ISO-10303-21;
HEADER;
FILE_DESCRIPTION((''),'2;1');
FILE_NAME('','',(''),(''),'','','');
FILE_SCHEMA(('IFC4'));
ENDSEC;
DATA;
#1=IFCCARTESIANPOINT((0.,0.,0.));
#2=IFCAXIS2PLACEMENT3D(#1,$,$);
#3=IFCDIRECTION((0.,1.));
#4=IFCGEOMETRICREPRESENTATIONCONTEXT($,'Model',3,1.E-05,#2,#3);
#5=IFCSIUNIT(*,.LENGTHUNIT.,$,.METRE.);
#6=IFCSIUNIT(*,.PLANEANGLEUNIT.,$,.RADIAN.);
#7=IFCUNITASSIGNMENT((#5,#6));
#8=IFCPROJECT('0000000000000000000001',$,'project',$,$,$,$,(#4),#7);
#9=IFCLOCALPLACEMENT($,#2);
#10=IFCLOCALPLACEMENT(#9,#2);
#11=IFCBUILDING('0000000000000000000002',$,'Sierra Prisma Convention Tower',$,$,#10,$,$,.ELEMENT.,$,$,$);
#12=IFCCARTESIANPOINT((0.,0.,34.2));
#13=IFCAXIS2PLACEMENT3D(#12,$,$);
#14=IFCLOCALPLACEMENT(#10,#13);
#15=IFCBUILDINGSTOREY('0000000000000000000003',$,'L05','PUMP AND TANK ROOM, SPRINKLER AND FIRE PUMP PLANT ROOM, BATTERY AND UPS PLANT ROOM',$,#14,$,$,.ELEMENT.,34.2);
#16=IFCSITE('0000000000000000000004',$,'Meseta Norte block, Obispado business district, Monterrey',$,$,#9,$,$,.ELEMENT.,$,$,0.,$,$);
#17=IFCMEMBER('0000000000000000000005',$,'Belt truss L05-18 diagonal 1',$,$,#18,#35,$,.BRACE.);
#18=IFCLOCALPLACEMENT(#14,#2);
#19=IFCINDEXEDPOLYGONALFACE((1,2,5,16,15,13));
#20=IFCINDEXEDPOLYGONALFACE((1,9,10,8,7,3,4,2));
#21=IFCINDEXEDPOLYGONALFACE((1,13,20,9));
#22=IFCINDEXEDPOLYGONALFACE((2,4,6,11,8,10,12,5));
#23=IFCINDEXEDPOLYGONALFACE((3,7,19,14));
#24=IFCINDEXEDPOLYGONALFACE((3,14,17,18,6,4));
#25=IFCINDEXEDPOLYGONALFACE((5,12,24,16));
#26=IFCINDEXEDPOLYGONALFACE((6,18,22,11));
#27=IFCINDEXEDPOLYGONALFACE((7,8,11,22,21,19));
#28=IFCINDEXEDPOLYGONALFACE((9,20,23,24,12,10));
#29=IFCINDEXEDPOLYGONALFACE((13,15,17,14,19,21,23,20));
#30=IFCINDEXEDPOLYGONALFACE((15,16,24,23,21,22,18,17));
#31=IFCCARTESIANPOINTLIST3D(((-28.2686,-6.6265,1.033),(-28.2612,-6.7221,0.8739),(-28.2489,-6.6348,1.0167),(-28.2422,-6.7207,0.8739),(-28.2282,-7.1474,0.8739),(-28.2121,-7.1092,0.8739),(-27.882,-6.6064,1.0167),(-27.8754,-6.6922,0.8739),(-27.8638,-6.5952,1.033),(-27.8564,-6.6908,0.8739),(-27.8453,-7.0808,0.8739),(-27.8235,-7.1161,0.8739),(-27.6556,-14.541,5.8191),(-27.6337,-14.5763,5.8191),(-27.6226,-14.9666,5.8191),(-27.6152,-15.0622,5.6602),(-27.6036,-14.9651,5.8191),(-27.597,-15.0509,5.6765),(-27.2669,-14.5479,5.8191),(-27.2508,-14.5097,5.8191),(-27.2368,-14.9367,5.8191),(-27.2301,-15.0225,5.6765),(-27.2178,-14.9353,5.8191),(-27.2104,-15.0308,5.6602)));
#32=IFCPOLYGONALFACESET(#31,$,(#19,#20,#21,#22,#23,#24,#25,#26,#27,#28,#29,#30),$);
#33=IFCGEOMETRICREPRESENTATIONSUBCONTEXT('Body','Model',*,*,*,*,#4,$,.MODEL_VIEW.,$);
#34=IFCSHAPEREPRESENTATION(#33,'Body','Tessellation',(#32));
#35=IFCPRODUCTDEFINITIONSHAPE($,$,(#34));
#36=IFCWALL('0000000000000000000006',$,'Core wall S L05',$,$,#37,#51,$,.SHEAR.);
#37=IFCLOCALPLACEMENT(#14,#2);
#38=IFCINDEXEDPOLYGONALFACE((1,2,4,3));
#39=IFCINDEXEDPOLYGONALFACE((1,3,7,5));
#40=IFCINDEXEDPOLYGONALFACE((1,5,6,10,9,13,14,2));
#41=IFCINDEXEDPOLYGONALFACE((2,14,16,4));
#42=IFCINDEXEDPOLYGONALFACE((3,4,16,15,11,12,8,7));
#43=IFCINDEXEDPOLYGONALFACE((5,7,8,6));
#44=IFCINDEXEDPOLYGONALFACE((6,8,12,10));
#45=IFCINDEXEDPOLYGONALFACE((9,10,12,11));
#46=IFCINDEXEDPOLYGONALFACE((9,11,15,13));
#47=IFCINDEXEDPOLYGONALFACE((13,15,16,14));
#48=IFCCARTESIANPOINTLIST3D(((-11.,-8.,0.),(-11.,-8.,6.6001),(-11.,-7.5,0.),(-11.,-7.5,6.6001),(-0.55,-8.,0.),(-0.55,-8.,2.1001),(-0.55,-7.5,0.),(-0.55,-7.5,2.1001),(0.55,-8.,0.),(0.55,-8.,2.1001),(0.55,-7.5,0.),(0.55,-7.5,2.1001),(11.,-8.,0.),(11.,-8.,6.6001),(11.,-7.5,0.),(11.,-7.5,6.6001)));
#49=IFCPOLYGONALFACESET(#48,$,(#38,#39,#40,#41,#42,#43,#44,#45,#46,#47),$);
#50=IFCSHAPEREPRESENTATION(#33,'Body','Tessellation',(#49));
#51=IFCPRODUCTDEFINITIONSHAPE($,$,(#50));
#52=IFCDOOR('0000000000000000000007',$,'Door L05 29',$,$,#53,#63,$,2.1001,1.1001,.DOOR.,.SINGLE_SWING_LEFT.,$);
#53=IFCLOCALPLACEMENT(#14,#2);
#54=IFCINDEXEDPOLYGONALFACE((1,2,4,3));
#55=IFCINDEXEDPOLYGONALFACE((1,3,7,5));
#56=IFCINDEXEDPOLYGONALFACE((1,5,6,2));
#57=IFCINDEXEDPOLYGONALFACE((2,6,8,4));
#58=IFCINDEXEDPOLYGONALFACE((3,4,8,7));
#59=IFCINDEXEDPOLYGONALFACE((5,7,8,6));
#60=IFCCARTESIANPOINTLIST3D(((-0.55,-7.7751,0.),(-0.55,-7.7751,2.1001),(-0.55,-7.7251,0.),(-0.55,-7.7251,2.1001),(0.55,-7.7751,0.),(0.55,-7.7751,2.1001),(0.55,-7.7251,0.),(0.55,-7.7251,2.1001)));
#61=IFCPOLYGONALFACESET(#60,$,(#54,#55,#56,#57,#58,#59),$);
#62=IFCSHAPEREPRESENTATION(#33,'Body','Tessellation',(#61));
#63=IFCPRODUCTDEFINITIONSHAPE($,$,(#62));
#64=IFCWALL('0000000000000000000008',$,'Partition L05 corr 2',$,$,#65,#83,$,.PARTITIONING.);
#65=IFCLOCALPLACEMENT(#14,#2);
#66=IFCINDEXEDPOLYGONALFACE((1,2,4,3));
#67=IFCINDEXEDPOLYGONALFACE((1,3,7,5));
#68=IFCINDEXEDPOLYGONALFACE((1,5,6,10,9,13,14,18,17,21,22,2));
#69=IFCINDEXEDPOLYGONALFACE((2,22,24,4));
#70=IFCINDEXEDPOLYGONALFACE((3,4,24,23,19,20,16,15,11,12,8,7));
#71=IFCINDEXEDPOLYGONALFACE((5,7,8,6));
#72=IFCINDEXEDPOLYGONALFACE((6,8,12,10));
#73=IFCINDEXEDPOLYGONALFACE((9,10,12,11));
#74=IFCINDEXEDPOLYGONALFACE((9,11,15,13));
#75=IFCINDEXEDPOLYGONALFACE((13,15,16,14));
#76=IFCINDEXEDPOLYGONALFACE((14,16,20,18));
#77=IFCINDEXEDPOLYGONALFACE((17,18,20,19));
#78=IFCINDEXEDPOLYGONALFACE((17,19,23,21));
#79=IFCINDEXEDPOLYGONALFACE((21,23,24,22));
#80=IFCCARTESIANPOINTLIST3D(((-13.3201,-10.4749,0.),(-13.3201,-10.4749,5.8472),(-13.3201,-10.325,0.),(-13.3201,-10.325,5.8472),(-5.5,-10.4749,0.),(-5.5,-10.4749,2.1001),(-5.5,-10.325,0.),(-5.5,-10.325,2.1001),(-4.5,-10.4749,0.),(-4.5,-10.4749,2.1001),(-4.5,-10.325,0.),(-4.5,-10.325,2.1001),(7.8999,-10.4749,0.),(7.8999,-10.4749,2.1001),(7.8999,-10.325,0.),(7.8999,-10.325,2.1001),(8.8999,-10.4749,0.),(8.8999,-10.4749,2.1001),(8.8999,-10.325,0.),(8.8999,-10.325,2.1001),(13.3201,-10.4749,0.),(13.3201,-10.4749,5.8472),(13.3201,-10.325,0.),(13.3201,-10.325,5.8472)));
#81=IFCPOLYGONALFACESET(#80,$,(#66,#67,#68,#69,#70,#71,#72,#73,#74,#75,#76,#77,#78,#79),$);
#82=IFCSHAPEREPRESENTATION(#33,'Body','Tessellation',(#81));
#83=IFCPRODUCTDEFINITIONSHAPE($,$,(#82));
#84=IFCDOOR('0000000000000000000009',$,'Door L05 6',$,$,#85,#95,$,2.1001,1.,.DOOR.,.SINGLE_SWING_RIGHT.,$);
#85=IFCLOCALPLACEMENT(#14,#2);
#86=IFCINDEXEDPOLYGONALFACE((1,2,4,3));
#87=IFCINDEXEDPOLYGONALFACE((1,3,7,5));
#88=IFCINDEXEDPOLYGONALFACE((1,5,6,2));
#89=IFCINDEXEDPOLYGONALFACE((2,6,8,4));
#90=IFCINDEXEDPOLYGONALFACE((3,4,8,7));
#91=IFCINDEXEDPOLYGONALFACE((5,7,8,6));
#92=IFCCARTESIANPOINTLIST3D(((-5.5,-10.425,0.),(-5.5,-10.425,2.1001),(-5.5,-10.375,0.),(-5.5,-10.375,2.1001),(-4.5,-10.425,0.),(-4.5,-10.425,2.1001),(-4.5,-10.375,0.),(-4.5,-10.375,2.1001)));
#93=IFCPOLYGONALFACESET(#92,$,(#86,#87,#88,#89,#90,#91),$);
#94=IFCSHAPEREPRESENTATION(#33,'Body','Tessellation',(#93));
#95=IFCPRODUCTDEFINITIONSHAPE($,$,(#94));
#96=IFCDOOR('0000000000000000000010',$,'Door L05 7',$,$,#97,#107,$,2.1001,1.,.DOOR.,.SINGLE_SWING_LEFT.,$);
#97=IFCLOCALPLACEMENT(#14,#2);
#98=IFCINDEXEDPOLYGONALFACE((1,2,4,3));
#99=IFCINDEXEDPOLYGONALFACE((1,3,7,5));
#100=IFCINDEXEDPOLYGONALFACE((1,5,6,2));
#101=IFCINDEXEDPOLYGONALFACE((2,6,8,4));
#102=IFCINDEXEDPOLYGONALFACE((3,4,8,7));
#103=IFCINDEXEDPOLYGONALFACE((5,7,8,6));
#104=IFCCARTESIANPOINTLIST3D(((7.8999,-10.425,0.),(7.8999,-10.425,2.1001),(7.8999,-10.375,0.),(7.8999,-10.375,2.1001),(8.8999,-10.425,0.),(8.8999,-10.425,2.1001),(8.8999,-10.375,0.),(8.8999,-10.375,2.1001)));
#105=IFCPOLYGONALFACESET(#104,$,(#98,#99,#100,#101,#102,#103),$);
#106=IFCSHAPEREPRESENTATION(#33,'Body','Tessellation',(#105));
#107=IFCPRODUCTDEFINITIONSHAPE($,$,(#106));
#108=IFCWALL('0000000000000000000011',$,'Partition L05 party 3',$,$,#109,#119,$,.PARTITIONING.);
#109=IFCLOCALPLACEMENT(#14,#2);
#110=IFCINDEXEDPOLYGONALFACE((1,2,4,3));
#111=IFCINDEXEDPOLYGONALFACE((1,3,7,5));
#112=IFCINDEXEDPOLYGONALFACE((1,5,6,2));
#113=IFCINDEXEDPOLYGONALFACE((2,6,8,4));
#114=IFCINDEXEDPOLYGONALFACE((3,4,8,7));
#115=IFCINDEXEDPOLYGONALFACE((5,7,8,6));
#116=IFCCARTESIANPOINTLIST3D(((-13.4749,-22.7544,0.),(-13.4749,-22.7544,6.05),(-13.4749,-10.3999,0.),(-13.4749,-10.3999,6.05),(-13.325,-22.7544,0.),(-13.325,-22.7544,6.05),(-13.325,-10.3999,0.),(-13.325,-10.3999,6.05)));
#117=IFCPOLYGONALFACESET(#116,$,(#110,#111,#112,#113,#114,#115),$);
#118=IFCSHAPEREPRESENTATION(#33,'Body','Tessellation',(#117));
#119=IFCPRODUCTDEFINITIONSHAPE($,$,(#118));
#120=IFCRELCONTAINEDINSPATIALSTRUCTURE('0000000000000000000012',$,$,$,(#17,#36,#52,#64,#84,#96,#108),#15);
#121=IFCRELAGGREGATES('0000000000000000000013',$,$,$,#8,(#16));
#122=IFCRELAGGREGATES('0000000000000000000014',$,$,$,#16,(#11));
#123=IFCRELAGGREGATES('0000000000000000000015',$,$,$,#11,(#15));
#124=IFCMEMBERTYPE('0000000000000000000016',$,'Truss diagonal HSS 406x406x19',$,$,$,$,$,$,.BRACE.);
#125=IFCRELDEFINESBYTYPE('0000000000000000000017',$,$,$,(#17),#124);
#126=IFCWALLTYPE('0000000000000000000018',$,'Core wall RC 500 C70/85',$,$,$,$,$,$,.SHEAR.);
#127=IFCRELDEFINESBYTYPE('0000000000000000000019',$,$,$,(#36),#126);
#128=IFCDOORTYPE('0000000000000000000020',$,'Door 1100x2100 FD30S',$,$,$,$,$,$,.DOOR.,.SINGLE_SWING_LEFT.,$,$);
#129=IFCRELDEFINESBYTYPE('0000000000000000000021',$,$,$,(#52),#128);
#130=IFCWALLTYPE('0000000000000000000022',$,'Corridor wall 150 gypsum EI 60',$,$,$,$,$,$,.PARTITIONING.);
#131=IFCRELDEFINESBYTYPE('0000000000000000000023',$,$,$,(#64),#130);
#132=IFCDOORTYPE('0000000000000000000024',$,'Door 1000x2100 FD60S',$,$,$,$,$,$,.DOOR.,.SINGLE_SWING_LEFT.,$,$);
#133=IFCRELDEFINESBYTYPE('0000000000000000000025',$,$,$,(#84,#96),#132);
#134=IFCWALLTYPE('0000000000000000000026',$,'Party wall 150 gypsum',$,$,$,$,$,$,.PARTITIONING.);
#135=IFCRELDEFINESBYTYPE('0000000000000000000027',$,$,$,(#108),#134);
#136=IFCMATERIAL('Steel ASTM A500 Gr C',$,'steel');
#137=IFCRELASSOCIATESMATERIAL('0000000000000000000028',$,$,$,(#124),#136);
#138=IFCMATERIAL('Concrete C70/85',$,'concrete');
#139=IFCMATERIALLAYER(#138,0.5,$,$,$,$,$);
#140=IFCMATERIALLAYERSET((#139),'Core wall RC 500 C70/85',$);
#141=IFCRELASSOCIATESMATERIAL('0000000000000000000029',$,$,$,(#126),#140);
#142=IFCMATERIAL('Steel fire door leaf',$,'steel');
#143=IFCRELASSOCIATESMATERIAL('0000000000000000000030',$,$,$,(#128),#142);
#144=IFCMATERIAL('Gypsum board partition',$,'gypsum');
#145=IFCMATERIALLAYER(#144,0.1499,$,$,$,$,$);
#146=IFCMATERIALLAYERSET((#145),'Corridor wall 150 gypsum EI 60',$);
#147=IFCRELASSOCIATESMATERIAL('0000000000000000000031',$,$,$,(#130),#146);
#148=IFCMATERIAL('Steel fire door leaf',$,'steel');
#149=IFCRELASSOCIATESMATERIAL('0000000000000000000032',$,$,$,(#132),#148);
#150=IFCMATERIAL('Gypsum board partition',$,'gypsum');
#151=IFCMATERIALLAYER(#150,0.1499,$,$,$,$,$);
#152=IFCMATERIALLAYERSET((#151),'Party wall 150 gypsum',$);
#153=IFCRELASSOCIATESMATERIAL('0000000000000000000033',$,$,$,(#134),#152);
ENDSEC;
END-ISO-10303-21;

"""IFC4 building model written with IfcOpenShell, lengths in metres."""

from ifc_helpers import new_model, si_unit, direction, frame, frame_2d, origin, origin_2d, place, context, subcontext, project, spatial, rectangle, hollow_rectangle, extrude, clip, halfspace, material, layer, layer_set, material_profile, profile_set, type_object, element, fill, save


model = new_model("IFC4")

# Units and contexts
model_context = context("Model", 3, precision=1e-05, world=origin(), true_north=direction((0.0, 1.0)))
body_context = subcontext(model_context, "Body", "Model", "MODEL_VIEW")
ifc_project = project(units=[si_unit("LENGTHUNIT", "METRE"), si_unit("PLANEANGLEUNIT", "RADIAN")], contexts=[model_context])

# Site, building, storey
site_placement = place(None, origin())
site = spatial("IfcSite", under=ifc_project, at=site_placement, Name="Meseta Norte block, Obispado business district, Monterrey", CompositionType="ELEMENT", RefElevation=0.0)
building_placement = place(site_placement, origin())
building = spatial("IfcBuilding", under=site, at=building_placement, Name="Sierra Prisma Convention Tower", CompositionType="ELEMENT")
storey_placement = place(building_placement, frame((0.0, 0.0, 34.2)))
storey = spatial("IfcBuildingStorey", under=building, at=storey_placement, Name="L05", Description="PUMP AND TANK ROOM, SPRINKLER AND FIRE PUMP PLANT ROOM, BATTERY AND UPS PLANT ROOM", CompositionType="ELEMENT", Elevation=34.2)

# Member
ifc_material_1 = material(Name="Steel ASTM A500 Gr C", Category="steel")
ifc_material_profile_1 = material_profile(ifc_material_1, hollow_rectangle(XDim=0.406, YDim=0.406, WallThickness=0.019, at=origin_2d()), Name="Truss diagonal HSS 406x406x19")
ifc_profile_set_1 = profile_set([ifc_material_profile_1], Name="Steel ASTM A500 Gr C")
member_type = type_object("IfcMemberType", Name="Truss diagonal HSS 406x406x19", PredefinedType="BRACE", material=ifc_profile_set_1)
member_placement = place(storey_placement, frame((-28.0581, -6.7153, 0.8591), z_axis=(0.066135, -0.853828, 0.516336), x_axis=(0.997014, 0.077226, 0.0)))
element("IfcMember", 1, at=member_placement, inside=storey, type_object=member_type, Name="Belt truss L05-18 diagonal 1", PredefinedType="BRACE", context=body_context, shape_type="SweptSolid", body=[
    clip(clip(extrude(hollow_rectangle(XDim=0.406, YDim=0.406, WallThickness=0.019, at=origin_2d()), origin(), (0.0, 0.0, 1.0), 9.635), halfspace(frame((0.0, 0.0127, 0.0076), z_axis=(0.0, 0.856386, 0.516336), x_axis=(1.0, 0.0, 0.0)), True)), halfspace(frame((-0.0002, -0.0127, 9.6272), z_axis=(0.0, -0.856386, -0.516336), x_axis=(1.0, 0.0, 0.0)), True)),
])

# Wall, opening, door
ifc_material_2 = material(Name="Concrete C70/85", Category="concrete")
ifc_layer_1 = layer(ifc_material_2, 0.5)
ifc_layer_set_1 = layer_set([ifc_layer_1], Name="Core wall RC 500 C70/85")
wall_type_1 = type_object("IfcWallType", Name="Core wall RC 500 C70/85", PredefinedType="SHEAR", material=ifc_layer_set_1)
wall_1_placement = place(storey_placement, frame((-11.0, -7.75, 0.0), z_axis=(0.0, 0.0, 1.0), x_axis=(1.0, 0.0, 0.0)))
wall_1 = element("IfcWall", 2, at=wall_1_placement, inside=storey, type_object=wall_type_1, Name="Core wall S L05", PredefinedType="SHEAR", context=body_context, shape_type="SweptSolid", body=[
    extrude(rectangle(XDim=22.0, YDim=0.5, at=frame_2d((11.0, 0.0))), origin(), (0.0, 0.0, 1.0), 6.6001),
])
opening_1_placement = place(wall_1_placement, frame((10.45, 0.0, 0.0)))
opening_1 = element("IfcOpeningElement", 3, at=opening_1_placement, cuts=wall_1, PredefinedType="OPENING", context=body_context, shape_type="SweptSolid", body=[
    extrude(rectangle(XDim=1.1001, YDim=2.1001, at=frame_2d((0.55, 1.05))), frame((0.0, 0.25, 0.0), z_axis=(0.0, -1.0, 0.0), x_axis=(1.0, 0.0, 0.0)), (0.0, 0.0, 1.0), 0.5),
])
ifc_material_3 = material(Name="Steel fire door leaf", Category="steel")
door_type_1 = type_object("IfcDoorType", Name="Door 1100x2100 FD30S", OperationType="SINGLE_SWING_LEFT", PredefinedType="DOOR", material=ifc_material_3)
door_1_placement = place(opening_1_placement, origin())
door_1 = element("IfcDoor", 4, at=door_1_placement, inside=storey, type_object=door_type_1, Name="Door L05 29", OperationType="SINGLE_SWING_LEFT", OverallHeight=2.1001, OverallWidth=1.1001, PredefinedType="DOOR", context=body_context, shape_type="SweptSolid", body=[
    extrude(rectangle(XDim=1.1001, YDim=2.1001, at=frame_2d((0.55, 1.05))), frame((0.0, 0.0249, 0.0), z_axis=(0.0, -1.0, 0.0), x_axis=(1.0, 0.0, 0.0)), (0.0, 0.0, 1.0), 0.05),
])
fill(opening_1, door_1)

# Wall, openings, doors
ifc_material_4 = material(Name="Gypsum board partition", Category="gypsum")
ifc_layer_2 = layer(ifc_material_4, 0.1499)
ifc_layer_set_2 = layer_set([ifc_layer_2], Name="Corridor wall 150 gypsum EI 60")
wall_type_2 = type_object("IfcWallType", Name="Corridor wall 150 gypsum EI 60", PredefinedType="PARTITIONING", material=ifc_layer_set_2)
wall_2_placement = place(storey_placement, frame((-13.3201, -10.3999, 0.0), z_axis=(0.0, 0.0, 1.0), x_axis=(1.0, 0.0, 0.0)))
wall_2 = element("IfcWall", 5, at=wall_2_placement, inside=storey, type_object=wall_type_2, Name="Partition L05 corr 2", PredefinedType="PARTITIONING", context=body_context, shape_type="SweptSolid", body=[
    extrude(rectangle(XDim=26.6401, YDim=0.1499, at=frame_2d((13.3201, 0.0))), origin(), (0.0, 0.0, 1.0), 5.8472),
])
opening_2_placement = place(wall_2_placement, frame((7.8201, 0.0, 0.0)))
opening_2 = element("IfcOpeningElement", 6, at=opening_2_placement, cuts=wall_2, PredefinedType="OPENING", context=body_context, shape_type="SweptSolid", body=[
    extrude(rectangle(XDim=1.0, YDim=2.1001, at=frame_2d((0.5, 1.05))), frame((0.0, 0.075, 0.0), z_axis=(0.0, -1.0, 0.0), x_axis=(1.0, 0.0, 0.0)), (0.0, 0.0, 1.0), 0.1499),
])
opening_3_placement = place(wall_2_placement, frame((21.22, 0.0, 0.0)))
opening_3 = element("IfcOpeningElement", 7, at=opening_3_placement, cuts=wall_2, PredefinedType="OPENING", context=body_context, shape_type="SweptSolid", body=[
    extrude(rectangle(XDim=1.0, YDim=2.1001, at=frame_2d((0.5, 1.05))), frame((0.0, 0.075, 0.0), z_axis=(0.0, -1.0, 0.0), x_axis=(1.0, 0.0, 0.0)), (0.0, 0.0, 1.0), 0.1499),
])
ifc_material_5 = material(Name="Steel fire door leaf", Category="steel")
door_type_2 = type_object("IfcDoorType", Name="Door 1000x2100 FD60S", OperationType="SINGLE_SWING_LEFT", PredefinedType="DOOR", material=ifc_material_5)
door_2_placement = place(opening_2_placement, origin())
door_2 = element("IfcDoor", 8, at=door_2_placement, inside=storey, type_object=door_type_2, Name="Door L05 6", OperationType="SINGLE_SWING_RIGHT", OverallHeight=2.1001, OverallWidth=1.0, PredefinedType="DOOR", context=body_context, shape_type="SweptSolid", body=[
    extrude(rectangle(XDim=1.0, YDim=2.1001, at=frame_2d((0.5, 1.05))), frame((0.0, 0.0249, 0.0), z_axis=(0.0, -1.0, 0.0), x_axis=(1.0, 0.0, 0.0)), (0.0, 0.0, 1.0), 0.05),
])
fill(opening_2, door_2)
door_3_placement = place(opening_3_placement, origin())
door_3 = element("IfcDoor", 9, at=door_3_placement, inside=storey, type_object=door_type_2, Name="Door L05 7", OperationType="SINGLE_SWING_LEFT", OverallHeight=2.1001, OverallWidth=1.0, PredefinedType="DOOR", context=body_context, shape_type="SweptSolid", body=[
    extrude(rectangle(XDim=1.0, YDim=2.1001, at=frame_2d((0.5, 1.05))), frame((0.0, 0.0249, 0.0), z_axis=(0.0, -1.0, 0.0), x_axis=(1.0, 0.0, 0.0)), (0.0, 0.0, 1.0), 0.05),
])
fill(opening_3, door_3)

# Wall
ifc_material_6 = material(Name="Gypsum board partition", Category="gypsum")
ifc_layer_3 = layer(ifc_material_6, 0.1499)
ifc_layer_set_3 = layer_set([ifc_layer_3], Name="Party wall 150 gypsum")
wall_type_3 = type_object("IfcWallType", Name="Party wall 150 gypsum", PredefinedType="PARTITIONING", material=ifc_layer_set_3)
wall_3_placement = place(storey_placement, frame((-13.3999, -10.3999, 0.0), z_axis=(0.0, 0.0, 1.0), x_axis=(0.0, -1.0, 0.0)))
element("IfcWall", 10, at=wall_3_placement, inside=storey, type_object=wall_type_3, Name="Partition L05 party 3", PredefinedType="PARTITIONING", context=body_context, shape_type="SweptSolid", body=[
    extrude(rectangle(XDim=12.3545, YDim=0.1499, at=frame_2d((6.1772, 0.0))), origin(), (0.0, 0.0, 1.0), 6.05),
])

save(model, "model.ifc")
